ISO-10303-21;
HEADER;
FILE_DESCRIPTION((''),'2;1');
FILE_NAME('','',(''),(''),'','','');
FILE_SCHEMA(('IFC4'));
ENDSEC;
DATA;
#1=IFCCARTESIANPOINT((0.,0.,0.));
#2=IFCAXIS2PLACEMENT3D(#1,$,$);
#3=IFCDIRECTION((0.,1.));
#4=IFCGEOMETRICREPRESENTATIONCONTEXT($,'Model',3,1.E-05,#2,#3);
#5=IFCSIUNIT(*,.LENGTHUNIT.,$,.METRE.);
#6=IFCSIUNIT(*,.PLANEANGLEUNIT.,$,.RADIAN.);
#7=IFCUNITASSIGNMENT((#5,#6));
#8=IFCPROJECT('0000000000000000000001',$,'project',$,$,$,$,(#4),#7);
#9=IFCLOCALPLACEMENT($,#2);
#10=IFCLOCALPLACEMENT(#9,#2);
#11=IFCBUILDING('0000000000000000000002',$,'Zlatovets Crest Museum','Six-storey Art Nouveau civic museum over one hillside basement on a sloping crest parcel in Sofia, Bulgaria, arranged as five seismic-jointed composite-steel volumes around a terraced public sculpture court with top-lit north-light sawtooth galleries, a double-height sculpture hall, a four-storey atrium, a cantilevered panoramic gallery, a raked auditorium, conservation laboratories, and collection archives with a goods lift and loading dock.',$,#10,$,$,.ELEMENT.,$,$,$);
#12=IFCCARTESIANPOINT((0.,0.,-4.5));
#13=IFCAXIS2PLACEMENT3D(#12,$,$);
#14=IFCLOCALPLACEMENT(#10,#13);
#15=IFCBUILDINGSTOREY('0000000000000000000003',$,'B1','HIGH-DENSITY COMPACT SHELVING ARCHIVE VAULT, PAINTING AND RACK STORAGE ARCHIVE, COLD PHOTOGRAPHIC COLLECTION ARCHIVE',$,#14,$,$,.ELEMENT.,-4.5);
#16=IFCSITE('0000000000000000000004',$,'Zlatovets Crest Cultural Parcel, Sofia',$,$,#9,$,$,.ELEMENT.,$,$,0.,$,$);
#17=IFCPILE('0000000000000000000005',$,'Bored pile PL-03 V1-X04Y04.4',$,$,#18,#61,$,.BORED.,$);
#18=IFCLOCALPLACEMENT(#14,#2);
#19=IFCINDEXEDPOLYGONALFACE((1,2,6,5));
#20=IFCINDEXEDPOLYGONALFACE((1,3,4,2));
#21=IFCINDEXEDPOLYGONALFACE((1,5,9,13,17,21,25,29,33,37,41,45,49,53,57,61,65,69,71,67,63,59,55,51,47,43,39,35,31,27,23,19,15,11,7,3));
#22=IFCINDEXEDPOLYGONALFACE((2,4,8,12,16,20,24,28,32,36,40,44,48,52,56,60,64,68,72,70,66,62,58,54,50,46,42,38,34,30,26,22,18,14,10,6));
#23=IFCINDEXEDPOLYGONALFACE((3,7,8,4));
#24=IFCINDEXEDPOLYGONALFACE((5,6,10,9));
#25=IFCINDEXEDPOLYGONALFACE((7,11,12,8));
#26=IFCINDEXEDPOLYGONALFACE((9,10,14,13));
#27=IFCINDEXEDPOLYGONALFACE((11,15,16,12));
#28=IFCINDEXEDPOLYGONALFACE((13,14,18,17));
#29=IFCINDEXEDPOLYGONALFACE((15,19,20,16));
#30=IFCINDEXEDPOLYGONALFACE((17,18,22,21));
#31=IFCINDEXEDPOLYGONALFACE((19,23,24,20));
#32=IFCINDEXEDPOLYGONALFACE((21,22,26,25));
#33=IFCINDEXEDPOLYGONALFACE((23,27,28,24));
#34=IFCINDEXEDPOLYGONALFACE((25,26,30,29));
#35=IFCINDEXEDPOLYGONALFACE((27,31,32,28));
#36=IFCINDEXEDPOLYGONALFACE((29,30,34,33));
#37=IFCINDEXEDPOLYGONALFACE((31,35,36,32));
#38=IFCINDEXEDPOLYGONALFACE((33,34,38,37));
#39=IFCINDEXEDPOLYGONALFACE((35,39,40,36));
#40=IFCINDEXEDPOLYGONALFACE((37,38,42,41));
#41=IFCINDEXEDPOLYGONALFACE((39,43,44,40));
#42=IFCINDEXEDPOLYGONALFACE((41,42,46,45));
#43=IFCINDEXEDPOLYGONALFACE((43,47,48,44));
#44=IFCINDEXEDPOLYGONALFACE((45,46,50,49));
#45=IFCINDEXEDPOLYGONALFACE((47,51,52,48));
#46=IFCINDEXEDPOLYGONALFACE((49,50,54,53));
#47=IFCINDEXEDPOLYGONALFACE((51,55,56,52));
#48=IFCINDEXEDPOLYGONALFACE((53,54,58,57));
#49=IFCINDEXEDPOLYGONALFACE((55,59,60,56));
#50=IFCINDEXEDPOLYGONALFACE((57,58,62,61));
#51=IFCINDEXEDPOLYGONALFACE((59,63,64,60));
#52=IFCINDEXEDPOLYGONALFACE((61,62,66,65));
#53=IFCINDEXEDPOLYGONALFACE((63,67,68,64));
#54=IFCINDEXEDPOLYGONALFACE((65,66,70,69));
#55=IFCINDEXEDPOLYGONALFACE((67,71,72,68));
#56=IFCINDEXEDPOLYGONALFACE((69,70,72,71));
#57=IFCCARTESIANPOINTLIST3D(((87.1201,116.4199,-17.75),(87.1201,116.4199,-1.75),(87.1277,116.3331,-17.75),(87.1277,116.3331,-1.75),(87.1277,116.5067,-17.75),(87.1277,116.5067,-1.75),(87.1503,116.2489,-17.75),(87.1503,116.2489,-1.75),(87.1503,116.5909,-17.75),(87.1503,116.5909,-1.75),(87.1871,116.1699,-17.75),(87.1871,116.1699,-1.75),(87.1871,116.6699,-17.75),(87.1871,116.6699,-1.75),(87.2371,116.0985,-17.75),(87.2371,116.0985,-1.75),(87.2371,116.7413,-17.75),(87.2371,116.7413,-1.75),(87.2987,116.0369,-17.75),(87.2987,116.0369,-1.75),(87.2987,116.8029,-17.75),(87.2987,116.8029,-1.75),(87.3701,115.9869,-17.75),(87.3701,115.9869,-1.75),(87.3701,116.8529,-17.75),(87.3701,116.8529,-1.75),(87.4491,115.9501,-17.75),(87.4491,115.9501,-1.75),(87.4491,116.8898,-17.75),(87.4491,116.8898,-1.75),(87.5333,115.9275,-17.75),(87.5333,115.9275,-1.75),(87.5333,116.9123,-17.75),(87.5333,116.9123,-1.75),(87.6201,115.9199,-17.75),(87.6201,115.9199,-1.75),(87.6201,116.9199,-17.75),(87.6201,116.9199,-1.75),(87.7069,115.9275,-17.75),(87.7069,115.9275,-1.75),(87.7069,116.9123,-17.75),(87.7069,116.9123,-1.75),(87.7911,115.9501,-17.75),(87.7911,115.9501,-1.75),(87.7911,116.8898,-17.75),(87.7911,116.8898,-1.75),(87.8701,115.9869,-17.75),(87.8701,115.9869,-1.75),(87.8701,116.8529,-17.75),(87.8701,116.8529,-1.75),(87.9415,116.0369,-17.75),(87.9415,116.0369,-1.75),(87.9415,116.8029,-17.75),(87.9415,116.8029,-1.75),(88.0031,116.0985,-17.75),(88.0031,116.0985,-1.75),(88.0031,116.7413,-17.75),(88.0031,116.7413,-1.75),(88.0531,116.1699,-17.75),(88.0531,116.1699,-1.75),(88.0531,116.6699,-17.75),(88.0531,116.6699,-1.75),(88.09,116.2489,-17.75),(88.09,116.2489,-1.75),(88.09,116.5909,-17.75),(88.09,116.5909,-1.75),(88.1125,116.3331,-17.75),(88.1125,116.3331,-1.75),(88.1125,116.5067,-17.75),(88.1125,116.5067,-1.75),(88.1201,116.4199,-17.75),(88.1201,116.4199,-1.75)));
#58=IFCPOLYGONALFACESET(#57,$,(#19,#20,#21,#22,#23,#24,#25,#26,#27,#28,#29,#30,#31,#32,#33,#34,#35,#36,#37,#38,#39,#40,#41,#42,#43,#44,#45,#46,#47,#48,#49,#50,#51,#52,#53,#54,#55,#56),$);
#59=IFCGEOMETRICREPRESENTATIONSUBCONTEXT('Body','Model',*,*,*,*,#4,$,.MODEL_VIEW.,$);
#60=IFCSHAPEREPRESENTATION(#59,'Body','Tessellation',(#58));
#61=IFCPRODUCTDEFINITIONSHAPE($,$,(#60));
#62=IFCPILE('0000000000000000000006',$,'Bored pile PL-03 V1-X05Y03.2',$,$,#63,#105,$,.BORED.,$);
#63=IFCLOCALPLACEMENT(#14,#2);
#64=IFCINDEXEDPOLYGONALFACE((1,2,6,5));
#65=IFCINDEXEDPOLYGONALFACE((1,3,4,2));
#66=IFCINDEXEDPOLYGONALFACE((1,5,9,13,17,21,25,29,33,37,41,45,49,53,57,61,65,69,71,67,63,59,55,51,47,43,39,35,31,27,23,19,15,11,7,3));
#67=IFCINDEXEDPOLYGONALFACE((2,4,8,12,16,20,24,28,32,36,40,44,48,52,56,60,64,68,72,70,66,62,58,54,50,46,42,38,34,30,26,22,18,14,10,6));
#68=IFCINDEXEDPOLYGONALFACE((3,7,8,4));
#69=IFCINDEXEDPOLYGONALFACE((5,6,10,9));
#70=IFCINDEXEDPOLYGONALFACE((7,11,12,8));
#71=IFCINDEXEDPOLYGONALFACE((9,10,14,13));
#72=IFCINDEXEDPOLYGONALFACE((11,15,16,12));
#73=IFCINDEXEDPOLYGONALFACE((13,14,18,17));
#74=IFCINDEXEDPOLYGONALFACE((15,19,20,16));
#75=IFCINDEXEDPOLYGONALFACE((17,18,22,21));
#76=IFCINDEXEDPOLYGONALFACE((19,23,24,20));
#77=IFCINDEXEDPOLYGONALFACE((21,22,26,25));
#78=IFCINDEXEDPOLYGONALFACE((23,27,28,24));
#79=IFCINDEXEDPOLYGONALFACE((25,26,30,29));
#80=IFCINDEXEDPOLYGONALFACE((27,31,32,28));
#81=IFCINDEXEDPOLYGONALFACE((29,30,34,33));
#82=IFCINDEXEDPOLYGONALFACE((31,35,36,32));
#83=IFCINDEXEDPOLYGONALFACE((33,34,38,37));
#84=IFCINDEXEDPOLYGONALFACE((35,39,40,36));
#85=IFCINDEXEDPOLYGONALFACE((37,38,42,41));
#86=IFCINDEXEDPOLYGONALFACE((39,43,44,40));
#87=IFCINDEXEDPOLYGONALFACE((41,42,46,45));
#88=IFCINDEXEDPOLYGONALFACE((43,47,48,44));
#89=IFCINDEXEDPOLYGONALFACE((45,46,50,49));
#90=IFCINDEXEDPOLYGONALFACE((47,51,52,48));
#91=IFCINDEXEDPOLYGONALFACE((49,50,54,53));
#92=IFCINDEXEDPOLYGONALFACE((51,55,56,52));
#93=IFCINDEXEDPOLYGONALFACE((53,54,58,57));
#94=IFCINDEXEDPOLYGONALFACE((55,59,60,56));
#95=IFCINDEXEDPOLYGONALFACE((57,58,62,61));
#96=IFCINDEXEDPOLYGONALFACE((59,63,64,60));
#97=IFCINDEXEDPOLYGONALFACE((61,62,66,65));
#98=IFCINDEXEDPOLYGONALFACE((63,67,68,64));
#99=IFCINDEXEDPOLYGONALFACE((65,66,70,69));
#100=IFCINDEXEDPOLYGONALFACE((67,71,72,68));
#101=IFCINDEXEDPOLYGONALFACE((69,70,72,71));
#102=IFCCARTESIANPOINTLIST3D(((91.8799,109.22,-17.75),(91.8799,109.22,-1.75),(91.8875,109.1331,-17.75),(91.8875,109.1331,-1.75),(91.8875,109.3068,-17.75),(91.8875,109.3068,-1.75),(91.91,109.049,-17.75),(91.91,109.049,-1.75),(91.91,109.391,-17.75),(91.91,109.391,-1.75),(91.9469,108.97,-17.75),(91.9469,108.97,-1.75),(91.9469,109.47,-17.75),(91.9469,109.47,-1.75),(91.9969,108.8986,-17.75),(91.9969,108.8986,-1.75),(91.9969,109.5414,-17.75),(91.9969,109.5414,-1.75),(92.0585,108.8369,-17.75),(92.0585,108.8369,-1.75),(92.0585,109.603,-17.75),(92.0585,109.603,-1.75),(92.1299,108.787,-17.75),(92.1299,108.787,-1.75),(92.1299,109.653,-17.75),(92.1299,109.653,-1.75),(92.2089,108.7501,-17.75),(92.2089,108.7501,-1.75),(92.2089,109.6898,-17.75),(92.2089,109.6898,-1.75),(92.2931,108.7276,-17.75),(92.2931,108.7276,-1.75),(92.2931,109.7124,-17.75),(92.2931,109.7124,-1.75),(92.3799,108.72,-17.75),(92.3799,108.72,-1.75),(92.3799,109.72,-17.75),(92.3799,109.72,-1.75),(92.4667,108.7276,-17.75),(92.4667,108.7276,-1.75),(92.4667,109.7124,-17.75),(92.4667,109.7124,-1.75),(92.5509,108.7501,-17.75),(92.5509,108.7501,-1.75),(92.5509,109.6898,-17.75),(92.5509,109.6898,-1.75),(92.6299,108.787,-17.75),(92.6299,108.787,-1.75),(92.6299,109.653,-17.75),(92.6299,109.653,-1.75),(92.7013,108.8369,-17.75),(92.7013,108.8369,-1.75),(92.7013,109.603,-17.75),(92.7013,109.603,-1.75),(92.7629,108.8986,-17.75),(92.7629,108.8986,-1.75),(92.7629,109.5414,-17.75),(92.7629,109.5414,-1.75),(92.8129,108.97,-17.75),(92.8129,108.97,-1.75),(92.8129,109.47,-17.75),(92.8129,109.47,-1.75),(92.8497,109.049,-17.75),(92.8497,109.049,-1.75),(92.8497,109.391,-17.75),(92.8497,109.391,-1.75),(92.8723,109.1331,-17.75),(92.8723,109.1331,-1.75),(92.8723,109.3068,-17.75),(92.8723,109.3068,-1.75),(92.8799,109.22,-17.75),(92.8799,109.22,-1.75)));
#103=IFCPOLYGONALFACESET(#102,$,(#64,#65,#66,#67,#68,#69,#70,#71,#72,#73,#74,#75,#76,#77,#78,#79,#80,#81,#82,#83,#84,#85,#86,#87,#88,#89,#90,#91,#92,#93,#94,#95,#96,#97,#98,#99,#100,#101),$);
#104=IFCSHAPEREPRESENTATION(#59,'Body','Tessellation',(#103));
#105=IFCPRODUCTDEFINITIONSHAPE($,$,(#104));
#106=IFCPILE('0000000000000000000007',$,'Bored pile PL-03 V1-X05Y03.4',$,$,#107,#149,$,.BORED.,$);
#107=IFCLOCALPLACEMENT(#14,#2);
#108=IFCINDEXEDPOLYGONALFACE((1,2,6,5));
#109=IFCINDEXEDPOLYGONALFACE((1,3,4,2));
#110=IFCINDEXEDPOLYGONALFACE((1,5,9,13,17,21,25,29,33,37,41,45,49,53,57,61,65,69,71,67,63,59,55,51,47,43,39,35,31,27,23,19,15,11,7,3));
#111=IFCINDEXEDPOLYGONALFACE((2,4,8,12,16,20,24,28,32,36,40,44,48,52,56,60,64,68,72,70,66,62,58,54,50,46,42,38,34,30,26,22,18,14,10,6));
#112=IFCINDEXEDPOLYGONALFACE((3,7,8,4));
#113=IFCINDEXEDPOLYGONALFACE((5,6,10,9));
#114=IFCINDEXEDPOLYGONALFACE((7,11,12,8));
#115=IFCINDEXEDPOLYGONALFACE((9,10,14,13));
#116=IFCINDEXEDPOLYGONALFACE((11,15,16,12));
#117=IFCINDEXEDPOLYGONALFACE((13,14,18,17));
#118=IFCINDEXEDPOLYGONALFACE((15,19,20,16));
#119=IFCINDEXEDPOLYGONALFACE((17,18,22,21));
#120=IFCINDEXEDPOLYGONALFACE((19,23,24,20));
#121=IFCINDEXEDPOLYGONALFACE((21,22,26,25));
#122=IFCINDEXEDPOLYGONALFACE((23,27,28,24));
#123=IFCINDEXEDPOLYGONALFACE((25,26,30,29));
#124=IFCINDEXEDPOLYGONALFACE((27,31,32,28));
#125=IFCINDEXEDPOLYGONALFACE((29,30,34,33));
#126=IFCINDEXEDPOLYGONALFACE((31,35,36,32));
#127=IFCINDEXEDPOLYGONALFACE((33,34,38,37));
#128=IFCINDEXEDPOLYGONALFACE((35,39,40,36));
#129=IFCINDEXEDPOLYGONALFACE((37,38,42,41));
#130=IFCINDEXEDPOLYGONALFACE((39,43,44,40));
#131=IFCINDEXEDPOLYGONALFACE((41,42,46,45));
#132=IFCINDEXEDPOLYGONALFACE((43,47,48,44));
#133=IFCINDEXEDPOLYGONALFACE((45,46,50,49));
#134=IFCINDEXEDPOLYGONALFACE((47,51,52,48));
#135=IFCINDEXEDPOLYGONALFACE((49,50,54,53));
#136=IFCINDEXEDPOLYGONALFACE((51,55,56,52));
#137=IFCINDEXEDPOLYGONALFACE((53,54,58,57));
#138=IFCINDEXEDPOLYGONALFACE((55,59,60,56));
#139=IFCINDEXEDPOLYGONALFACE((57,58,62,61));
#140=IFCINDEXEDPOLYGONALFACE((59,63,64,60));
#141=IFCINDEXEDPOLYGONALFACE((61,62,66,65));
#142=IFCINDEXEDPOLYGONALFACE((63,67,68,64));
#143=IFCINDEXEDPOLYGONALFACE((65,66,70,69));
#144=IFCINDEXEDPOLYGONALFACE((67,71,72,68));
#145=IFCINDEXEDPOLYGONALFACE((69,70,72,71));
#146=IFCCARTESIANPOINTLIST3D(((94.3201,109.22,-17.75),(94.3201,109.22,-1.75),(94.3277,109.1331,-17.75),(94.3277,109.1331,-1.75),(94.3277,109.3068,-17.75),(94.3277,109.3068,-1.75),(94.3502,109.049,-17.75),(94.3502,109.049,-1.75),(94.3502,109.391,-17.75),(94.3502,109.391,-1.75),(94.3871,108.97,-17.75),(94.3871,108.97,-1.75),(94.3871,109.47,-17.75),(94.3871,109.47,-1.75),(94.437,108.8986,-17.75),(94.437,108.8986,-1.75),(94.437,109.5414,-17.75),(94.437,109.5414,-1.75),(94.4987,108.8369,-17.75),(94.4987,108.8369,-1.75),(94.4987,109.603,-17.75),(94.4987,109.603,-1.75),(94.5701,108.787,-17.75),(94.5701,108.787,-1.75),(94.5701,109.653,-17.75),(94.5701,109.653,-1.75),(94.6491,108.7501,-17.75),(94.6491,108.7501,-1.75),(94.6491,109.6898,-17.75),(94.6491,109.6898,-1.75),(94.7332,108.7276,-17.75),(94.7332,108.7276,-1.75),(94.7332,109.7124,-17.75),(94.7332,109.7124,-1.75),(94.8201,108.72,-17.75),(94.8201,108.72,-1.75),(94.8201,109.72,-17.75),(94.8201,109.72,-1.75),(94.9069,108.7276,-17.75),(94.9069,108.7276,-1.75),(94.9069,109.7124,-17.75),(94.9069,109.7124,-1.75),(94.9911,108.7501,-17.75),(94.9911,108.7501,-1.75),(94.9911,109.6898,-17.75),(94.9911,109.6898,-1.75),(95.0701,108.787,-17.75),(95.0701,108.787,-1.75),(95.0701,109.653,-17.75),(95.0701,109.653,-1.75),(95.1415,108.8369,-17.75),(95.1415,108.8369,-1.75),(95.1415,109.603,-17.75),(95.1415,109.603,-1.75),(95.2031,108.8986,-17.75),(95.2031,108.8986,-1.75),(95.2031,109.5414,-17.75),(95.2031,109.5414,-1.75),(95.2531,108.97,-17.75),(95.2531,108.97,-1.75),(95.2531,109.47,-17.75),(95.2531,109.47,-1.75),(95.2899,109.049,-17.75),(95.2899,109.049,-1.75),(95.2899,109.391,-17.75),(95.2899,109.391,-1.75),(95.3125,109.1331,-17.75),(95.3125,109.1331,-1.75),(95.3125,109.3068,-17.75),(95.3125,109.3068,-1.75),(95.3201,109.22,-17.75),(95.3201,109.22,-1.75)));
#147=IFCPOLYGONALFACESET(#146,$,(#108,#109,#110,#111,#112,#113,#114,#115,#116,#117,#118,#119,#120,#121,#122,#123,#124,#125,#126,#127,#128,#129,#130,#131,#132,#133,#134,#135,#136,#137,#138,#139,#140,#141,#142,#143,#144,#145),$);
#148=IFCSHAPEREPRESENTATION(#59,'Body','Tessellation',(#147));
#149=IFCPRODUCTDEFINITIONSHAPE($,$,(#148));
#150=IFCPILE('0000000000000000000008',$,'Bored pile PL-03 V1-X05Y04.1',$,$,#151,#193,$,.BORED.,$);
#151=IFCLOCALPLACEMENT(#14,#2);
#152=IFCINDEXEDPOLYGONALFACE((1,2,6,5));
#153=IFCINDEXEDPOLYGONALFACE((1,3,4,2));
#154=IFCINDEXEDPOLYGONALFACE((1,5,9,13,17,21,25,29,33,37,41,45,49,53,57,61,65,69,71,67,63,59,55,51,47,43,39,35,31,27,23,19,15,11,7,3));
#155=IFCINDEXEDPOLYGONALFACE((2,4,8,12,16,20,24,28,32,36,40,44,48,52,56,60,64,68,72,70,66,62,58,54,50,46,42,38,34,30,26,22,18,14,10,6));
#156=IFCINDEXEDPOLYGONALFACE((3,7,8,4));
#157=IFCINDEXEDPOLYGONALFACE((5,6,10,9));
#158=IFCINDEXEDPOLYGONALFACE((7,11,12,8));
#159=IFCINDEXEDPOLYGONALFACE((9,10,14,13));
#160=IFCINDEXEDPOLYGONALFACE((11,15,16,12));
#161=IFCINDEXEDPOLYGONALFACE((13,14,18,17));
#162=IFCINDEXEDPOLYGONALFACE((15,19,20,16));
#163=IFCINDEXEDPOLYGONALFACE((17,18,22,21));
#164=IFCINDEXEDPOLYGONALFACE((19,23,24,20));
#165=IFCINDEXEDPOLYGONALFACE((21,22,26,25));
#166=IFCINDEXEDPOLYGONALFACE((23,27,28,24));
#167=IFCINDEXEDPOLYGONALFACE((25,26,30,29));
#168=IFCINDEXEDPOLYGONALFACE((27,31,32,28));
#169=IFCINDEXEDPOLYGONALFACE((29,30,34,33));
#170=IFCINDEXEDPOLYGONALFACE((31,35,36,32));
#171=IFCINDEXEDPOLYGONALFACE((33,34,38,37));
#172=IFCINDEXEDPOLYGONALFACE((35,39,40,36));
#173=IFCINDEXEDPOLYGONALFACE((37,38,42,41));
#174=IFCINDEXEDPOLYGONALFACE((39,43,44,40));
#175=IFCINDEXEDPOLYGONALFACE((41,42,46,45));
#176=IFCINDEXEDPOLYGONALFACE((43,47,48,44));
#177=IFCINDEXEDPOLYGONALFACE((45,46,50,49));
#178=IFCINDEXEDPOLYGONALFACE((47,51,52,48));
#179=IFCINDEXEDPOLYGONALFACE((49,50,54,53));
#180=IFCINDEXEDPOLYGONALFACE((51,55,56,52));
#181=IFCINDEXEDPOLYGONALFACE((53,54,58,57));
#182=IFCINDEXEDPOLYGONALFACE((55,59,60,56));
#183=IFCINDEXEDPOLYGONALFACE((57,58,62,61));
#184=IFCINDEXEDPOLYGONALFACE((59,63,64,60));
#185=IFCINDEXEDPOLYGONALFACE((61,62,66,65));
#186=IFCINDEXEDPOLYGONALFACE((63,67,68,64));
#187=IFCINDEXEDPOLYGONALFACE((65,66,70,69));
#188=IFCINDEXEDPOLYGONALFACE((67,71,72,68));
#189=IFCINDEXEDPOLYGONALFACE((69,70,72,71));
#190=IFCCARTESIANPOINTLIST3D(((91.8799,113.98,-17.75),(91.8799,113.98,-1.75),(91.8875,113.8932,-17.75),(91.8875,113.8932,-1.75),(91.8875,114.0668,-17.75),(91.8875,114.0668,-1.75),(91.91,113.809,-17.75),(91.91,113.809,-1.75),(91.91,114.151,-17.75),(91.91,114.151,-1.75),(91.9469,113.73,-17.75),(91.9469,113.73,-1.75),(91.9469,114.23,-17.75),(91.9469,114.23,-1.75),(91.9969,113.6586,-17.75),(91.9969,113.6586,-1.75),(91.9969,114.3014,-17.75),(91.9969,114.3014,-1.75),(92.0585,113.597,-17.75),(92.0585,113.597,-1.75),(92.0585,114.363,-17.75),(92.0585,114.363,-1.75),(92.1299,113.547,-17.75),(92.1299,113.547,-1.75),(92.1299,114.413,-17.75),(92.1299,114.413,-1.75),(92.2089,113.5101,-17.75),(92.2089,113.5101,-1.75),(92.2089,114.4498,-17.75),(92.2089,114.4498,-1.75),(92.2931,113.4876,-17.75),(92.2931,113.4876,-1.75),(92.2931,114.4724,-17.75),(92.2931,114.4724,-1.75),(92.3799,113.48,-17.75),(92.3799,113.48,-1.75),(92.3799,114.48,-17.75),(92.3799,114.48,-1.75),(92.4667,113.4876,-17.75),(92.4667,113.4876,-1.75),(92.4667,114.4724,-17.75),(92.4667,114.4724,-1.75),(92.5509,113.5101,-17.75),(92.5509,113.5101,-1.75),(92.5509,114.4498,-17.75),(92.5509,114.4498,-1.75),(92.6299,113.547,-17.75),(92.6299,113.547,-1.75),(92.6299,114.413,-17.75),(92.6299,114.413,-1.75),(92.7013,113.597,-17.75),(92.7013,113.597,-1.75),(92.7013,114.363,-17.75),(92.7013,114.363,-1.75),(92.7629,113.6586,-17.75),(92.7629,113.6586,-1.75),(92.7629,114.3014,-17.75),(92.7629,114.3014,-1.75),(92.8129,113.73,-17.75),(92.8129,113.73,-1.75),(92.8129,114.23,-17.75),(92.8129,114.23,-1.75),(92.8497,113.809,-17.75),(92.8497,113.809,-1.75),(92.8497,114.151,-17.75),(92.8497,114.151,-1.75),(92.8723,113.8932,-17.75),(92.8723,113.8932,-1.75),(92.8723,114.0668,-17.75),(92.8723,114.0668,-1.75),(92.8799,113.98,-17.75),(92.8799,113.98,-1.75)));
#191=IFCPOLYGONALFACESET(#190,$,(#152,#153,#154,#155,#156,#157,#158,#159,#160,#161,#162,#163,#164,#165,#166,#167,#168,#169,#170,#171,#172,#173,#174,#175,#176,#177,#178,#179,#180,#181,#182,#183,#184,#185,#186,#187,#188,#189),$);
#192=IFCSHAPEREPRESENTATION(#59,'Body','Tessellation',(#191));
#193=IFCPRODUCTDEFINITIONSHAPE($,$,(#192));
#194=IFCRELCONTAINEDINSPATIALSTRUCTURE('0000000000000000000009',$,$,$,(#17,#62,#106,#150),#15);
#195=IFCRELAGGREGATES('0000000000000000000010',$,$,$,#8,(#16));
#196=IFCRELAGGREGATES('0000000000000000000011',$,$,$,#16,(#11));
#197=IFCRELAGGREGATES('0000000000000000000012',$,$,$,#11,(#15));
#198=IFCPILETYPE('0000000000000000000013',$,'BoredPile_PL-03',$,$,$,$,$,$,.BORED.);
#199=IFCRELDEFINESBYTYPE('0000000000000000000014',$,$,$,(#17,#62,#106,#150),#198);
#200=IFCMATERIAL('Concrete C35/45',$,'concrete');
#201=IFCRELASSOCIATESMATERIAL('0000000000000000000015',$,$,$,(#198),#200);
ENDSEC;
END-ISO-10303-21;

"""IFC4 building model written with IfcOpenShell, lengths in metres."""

from ifc_helpers import new_model, si_unit, direction, frame, origin, origin_2d, place, context, subcontext, project, spatial, circle, extrude, material, material_profile, profile_set, type_object, element, save


model = new_model("IFC4")

# Units and contexts
model_context = context("Model", 3, precision=1e-05, world=origin(), true_north=direction((0.0, 1.0)))
body_context = subcontext(model_context, "Body", "Model", "MODEL_VIEW")
ifc_project = project(units=[si_unit("LENGTHUNIT", "METRE"), si_unit("PLANEANGLEUNIT", "RADIAN")], contexts=[model_context])

# Site, building, storey
site_placement = place(None, origin())
site = spatial("IfcSite", under=ifc_project, at=site_placement, Name="Zlatovets Crest Cultural Parcel, Sofia", CompositionType="ELEMENT", RefElevation=0.0)
building_placement = place(site_placement, origin())
building = spatial("IfcBuilding", under=site, at=building_placement, Name="Zlatovets Crest Museum", Description="Six-storey Art Nouveau civic museum over one hillside basement on a sloping crest parcel in Sofia, Bulgaria, arranged as five seismic-jointed composite-steel volumes around a terraced public sculpture court with top-lit north-light sawtooth galleries, a double-height sculpture hall, a four-storey atrium, a cantilevered panoramic gallery, a raked auditorium, conservation laboratories, and collection archives with a goods lift and loading dock.", CompositionType="ELEMENT")
storey_placement = place(building_placement, frame((0.0, 0.0, -4.5)))
storey = spatial("IfcBuildingStorey", under=building, at=storey_placement, Name="B1", Description="HIGH-DENSITY COMPACT SHELVING ARCHIVE VAULT, PAINTING AND RACK STORAGE ARCHIVE, COLD PHOTOGRAPHIC COLLECTION ARCHIVE", CompositionType="ELEMENT", Elevation=-4.5)

# Piles
ifc_material = material(Name="Concrete C35/45", Category="concrete")
ifc_material_profile_1 = material_profile(ifc_material, circle(Radius=0.5, at=origin_2d()), Name="PILE D1000")
ifc_profile_set_1 = profile_set([ifc_material_profile_1], Name="Concrete C35/45")
pile_type = type_object("IfcPileType", Name="BoredPile_PL-03", PredefinedType="BORED", material=ifc_profile_set_1)
for number, where, z_axis, x_axis, name in (
    (1, (87.6201, 116.4199, -1.75), (0.0, 0.0, -1.0), (1.0, 0.0, 0.0), "Bored pile PL-03 V1-X04Y04.4"),
    (2, (92.3799, 109.22, -1.75), (0.0, 0.0, -1.0), (1.0, 0.0, 0.0), "Bored pile PL-03 V1-X05Y03.2"),
    (3, (94.8201, 109.22, -1.75), (0.0, 0.0, -1.0), (1.0, 0.0, 0.0), "Bored pile PL-03 V1-X05Y03.4"),
    (4, (92.3799, 113.98, -1.75), (0.0, 0.0, -1.0), (1.0, 0.0, 0.0), "Bored pile PL-03 V1-X05Y04.1"),
):
    element("IfcPile", number, at=place(storey_placement, frame(where, z_axis=z_axis, x_axis=x_axis)), inside=storey, type_object=pile_type, Name=name, PredefinedType="BORED", context=body_context, shape_type="SweptSolid", body=[
        extrude(circle(Radius=0.5, at=origin_2d()), origin(), (0.0, 0.0, 1.0), 16.0),
    ])

save(model, "model.ifc")
